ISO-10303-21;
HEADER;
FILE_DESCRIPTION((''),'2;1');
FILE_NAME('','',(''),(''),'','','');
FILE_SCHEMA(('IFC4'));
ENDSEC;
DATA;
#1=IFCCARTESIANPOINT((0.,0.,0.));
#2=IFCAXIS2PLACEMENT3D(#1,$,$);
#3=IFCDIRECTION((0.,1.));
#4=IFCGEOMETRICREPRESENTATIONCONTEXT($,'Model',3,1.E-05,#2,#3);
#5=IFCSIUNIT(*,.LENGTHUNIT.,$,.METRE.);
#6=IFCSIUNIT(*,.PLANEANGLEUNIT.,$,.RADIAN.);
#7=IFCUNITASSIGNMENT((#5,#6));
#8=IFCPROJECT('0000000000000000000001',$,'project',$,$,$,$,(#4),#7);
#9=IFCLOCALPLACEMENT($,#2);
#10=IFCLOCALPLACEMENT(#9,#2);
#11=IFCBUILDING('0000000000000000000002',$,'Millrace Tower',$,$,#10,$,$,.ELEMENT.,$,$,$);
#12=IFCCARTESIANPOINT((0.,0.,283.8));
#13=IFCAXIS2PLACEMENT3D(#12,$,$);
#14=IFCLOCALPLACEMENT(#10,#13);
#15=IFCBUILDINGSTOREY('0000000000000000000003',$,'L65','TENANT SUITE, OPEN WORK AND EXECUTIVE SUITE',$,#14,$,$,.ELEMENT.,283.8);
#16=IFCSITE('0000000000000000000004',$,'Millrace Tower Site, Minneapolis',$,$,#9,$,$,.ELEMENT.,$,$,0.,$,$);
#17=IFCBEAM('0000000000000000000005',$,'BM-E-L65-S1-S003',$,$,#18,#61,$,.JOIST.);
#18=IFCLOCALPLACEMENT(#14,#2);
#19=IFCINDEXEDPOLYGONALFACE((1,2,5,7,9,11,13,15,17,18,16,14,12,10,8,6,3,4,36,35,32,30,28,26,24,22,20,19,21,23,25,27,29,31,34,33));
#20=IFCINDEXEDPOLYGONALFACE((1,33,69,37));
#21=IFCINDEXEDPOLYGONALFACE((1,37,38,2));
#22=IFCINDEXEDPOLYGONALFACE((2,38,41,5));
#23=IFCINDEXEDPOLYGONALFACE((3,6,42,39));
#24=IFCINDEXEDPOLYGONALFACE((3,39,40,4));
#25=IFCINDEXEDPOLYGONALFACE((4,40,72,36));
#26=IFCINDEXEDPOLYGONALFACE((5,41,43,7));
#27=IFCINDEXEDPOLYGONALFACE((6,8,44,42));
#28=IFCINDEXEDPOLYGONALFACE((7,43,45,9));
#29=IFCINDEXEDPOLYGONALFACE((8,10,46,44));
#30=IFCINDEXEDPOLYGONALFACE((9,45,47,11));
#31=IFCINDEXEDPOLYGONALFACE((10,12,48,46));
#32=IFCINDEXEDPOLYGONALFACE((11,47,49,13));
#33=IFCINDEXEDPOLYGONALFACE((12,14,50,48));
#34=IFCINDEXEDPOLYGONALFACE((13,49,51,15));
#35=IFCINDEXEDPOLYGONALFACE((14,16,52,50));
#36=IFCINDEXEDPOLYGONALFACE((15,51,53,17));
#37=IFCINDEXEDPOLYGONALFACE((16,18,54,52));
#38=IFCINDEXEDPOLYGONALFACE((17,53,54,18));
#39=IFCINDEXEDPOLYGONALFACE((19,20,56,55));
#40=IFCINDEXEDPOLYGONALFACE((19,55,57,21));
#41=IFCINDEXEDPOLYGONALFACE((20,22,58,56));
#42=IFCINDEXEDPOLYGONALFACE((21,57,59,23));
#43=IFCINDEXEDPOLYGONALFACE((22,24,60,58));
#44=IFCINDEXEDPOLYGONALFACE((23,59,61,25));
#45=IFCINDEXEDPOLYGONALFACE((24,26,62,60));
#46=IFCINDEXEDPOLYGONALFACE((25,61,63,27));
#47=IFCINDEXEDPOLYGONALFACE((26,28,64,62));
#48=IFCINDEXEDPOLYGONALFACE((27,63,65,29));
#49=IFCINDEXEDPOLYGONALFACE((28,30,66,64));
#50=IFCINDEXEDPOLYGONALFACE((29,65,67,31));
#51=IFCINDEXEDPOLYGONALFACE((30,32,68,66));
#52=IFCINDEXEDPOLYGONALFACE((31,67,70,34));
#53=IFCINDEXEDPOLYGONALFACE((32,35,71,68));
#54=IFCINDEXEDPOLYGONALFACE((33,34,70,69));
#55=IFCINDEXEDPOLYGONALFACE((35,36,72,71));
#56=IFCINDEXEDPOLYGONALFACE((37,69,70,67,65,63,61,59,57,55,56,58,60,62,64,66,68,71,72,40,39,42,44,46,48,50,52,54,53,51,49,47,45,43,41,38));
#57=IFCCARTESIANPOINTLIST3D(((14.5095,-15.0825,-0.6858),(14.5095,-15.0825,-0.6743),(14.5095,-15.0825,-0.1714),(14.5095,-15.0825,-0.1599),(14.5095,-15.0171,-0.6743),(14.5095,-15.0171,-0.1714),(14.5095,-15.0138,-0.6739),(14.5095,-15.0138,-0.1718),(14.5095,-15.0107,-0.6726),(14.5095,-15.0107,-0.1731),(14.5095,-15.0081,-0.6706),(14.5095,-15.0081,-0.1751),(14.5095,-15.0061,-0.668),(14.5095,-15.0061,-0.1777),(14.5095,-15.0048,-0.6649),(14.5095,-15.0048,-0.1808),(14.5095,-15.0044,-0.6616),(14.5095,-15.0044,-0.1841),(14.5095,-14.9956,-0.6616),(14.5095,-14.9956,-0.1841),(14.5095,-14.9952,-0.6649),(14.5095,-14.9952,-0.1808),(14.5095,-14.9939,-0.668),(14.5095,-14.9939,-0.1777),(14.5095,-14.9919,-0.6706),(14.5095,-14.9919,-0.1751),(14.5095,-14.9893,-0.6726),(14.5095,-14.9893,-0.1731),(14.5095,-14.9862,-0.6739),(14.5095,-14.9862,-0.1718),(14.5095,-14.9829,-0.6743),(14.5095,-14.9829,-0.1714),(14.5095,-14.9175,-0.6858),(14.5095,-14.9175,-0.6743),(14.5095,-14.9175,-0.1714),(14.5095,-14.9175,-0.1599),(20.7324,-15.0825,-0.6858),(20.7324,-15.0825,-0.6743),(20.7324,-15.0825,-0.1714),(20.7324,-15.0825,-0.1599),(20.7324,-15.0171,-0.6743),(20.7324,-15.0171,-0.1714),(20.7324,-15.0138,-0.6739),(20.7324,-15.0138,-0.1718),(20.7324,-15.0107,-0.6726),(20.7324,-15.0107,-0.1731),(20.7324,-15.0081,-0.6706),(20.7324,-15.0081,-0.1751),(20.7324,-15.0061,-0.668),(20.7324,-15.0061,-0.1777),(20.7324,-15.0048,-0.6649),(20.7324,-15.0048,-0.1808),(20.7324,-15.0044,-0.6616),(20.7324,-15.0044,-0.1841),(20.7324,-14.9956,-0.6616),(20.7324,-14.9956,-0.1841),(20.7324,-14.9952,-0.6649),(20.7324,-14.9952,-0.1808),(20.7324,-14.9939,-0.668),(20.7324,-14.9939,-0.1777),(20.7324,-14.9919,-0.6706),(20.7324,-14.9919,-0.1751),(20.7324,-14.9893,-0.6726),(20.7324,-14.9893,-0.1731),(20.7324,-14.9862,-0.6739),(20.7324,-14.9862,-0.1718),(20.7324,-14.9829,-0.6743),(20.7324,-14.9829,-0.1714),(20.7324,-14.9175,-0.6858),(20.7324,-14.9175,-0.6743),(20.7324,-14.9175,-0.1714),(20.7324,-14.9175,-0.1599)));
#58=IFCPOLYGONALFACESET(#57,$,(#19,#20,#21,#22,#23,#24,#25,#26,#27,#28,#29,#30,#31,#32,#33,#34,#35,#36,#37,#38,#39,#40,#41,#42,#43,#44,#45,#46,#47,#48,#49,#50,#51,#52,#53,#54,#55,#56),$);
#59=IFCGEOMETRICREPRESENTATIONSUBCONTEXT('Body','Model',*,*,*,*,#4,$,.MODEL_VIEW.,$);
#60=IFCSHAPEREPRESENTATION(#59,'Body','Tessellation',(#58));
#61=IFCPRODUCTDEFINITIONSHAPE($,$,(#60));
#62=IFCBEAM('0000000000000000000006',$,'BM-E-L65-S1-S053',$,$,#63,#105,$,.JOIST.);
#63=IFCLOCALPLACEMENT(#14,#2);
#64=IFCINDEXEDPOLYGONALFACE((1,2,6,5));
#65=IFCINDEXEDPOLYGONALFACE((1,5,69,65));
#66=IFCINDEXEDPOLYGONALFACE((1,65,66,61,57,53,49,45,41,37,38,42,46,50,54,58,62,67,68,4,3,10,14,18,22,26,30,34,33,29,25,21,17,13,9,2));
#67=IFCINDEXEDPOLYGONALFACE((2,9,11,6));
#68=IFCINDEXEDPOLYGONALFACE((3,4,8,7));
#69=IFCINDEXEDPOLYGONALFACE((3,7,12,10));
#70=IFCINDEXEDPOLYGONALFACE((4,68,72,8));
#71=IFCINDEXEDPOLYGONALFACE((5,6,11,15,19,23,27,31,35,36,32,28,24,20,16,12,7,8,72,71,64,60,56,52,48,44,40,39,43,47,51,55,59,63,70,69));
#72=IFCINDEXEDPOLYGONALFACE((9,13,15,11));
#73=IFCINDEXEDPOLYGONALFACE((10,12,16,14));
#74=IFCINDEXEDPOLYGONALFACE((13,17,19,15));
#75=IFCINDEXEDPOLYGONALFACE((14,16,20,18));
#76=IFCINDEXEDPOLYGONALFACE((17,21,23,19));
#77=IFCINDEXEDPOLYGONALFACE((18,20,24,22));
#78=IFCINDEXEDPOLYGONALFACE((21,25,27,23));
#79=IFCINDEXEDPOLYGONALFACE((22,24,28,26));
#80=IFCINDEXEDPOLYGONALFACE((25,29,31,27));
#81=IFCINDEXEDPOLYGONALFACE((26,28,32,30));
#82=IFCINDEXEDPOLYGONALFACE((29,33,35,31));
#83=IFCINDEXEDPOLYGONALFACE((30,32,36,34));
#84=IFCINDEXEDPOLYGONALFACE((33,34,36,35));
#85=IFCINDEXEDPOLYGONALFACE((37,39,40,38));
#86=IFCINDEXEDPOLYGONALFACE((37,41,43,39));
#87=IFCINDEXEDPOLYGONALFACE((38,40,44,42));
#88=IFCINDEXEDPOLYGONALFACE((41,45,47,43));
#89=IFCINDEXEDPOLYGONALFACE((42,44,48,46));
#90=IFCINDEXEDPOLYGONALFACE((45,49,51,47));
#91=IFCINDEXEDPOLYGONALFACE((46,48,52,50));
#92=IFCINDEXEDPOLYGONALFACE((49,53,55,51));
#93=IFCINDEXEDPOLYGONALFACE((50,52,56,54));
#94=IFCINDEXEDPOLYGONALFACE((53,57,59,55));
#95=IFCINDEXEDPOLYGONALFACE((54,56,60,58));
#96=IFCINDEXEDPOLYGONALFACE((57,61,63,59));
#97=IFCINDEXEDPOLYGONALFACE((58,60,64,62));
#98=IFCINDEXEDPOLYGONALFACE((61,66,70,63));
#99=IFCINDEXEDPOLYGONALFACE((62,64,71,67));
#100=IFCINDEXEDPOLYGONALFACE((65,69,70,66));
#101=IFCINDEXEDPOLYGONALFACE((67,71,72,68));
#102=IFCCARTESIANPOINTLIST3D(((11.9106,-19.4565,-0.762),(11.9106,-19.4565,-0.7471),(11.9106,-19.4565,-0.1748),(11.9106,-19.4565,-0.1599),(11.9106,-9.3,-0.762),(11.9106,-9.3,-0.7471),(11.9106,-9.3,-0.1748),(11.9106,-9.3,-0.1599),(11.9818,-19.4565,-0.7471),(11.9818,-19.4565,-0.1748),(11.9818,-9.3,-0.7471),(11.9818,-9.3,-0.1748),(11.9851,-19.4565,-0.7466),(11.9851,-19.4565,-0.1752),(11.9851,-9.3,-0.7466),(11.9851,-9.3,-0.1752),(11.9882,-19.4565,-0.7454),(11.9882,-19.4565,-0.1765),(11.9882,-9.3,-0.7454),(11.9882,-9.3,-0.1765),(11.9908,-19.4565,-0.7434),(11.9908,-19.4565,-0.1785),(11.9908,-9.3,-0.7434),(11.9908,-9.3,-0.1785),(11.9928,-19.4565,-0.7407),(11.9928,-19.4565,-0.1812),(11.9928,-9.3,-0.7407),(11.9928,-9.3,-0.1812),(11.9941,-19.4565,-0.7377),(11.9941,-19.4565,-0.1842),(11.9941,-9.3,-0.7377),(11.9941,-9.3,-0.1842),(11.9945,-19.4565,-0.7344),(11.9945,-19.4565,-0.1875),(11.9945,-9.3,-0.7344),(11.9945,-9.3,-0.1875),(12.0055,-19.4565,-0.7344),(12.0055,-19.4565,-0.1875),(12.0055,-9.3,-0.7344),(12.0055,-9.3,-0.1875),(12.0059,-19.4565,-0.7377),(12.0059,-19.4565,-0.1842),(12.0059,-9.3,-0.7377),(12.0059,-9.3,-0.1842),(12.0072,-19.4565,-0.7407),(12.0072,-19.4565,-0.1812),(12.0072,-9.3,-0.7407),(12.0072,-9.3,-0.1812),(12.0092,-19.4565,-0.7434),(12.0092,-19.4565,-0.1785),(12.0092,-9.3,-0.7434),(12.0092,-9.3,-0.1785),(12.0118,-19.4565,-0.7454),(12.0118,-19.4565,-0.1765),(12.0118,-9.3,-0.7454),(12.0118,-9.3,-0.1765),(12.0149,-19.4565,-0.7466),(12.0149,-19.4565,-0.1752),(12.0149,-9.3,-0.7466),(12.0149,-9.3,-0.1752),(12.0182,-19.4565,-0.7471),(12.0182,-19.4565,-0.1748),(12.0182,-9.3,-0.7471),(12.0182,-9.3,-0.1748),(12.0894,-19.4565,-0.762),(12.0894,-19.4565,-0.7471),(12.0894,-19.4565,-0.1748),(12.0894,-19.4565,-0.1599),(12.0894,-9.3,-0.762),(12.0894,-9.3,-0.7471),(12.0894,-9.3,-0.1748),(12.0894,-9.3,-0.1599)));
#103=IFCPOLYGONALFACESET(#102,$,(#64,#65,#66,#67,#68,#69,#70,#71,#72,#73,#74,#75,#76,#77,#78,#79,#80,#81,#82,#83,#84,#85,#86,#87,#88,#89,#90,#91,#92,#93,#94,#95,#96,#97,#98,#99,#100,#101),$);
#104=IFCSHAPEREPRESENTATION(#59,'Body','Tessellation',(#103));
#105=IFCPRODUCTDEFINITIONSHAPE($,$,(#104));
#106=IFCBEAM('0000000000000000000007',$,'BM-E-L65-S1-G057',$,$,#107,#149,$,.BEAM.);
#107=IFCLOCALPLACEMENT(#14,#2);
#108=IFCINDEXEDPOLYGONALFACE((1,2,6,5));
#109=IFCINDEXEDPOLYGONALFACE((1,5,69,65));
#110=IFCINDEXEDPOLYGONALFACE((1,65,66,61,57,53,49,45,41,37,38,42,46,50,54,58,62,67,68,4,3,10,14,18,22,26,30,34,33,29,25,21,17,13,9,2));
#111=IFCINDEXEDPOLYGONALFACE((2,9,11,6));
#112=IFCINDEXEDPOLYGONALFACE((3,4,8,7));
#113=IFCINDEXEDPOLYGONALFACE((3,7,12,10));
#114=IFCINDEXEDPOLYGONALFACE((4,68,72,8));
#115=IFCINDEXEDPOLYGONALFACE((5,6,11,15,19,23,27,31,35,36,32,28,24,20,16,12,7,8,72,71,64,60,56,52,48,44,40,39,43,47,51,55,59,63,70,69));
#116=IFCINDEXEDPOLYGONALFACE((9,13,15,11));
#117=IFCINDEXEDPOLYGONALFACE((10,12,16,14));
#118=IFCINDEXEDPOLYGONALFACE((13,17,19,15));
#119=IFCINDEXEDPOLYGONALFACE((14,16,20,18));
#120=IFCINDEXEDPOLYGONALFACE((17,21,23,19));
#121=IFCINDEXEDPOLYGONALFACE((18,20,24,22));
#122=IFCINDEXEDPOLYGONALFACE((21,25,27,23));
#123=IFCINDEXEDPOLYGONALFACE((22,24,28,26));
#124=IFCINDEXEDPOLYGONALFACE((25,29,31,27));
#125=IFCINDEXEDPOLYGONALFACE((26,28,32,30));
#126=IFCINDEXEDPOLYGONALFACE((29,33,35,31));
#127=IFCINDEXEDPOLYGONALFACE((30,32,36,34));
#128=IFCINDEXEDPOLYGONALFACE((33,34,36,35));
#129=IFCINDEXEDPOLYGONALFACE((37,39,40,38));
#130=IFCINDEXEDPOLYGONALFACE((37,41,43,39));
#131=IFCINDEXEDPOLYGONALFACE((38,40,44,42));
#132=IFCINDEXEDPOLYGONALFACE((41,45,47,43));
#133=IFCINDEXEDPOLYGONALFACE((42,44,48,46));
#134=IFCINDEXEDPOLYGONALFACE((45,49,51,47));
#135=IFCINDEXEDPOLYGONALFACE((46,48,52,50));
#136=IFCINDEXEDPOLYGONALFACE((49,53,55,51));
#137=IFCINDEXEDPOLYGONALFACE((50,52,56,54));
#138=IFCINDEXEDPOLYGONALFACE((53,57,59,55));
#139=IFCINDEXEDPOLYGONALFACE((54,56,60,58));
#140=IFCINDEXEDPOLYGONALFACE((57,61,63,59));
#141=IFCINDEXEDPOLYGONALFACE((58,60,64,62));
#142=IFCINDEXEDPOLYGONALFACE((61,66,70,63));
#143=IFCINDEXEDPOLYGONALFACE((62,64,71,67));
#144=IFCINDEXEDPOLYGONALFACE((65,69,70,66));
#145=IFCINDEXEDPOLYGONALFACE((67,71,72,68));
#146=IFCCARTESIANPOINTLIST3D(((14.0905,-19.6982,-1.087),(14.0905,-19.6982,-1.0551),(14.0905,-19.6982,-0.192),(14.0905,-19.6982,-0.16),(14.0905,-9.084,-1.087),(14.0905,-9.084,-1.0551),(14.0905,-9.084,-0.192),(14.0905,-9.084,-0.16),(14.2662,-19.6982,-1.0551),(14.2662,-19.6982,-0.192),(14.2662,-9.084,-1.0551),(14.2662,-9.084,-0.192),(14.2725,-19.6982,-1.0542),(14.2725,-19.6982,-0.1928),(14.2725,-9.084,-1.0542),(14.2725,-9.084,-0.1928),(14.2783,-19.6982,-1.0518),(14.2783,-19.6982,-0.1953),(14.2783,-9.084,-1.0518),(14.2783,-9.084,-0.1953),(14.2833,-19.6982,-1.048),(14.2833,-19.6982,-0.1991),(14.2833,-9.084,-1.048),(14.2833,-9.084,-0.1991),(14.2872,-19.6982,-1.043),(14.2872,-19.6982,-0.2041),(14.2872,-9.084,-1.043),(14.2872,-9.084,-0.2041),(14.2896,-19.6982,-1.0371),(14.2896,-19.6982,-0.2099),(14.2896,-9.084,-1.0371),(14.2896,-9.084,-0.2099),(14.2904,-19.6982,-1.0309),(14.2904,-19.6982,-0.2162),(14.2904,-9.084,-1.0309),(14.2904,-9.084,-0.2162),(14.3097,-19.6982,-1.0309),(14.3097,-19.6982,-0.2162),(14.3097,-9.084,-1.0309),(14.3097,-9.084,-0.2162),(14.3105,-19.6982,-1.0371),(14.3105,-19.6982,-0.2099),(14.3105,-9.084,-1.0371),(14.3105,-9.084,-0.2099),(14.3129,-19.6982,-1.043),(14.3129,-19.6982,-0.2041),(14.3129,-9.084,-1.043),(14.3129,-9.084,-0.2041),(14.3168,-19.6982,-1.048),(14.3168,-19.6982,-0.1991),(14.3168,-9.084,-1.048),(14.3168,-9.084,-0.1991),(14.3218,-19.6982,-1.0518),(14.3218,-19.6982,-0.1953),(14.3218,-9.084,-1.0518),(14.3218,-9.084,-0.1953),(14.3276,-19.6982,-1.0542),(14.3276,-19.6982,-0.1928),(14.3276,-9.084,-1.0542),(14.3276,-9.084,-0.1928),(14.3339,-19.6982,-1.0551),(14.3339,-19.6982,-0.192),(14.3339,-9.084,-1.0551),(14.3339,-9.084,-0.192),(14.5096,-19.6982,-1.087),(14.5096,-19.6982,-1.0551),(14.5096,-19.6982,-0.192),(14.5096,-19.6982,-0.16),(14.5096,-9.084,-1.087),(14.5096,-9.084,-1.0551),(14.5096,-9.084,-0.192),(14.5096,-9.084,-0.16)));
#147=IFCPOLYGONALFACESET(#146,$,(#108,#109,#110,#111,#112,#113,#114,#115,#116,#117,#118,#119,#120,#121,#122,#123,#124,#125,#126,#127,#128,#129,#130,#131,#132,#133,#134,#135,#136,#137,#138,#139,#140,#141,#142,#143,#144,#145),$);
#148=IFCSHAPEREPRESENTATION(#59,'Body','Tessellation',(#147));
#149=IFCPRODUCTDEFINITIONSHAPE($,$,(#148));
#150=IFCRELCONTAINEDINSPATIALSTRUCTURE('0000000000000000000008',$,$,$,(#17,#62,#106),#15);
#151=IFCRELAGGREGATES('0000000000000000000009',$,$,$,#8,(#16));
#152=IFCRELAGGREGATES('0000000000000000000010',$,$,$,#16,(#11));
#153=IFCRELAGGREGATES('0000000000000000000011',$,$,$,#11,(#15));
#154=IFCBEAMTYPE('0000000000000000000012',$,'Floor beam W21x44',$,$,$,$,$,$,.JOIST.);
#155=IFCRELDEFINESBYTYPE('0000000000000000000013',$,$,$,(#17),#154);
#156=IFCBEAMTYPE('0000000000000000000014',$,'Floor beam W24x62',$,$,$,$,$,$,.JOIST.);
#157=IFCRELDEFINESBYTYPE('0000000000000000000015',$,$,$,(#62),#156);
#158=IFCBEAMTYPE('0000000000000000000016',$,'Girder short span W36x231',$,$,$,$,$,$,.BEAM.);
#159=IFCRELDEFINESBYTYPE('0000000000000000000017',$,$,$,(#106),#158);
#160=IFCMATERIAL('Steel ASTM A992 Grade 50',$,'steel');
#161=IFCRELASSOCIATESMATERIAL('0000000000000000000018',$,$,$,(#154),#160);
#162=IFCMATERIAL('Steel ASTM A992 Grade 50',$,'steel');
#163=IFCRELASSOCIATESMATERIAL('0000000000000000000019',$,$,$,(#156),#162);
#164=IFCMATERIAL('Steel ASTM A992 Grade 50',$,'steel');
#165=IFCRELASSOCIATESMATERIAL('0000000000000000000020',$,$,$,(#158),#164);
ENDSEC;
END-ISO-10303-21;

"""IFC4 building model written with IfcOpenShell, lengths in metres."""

from ifc_helpers import new_model, si_unit, direction, frame, origin, origin_2d, place, context, subcontext, project, spatial, i_section, extrude, material, material_profile, profile_set, type_object, element, save


model = new_model("IFC4")

# Units and contexts
model_context = context("Model", 3, precision=1e-05, world=origin(), true_north=direction((0.0, 1.0)))
body_context = subcontext(model_context, "Body", "Model", "MODEL_VIEW")
ifc_project = project(units=[si_unit("LENGTHUNIT", "METRE"), si_unit("PLANEANGLEUNIT", "RADIAN")], contexts=[model_context])

# Site, building, storey
site_placement = place(None, origin())
site = spatial("IfcSite", under=ifc_project, at=site_placement, Name="Millrace Tower Site, Minneapolis", CompositionType="ELEMENT", RefElevation=0.0)
building_placement = place(site_placement, origin())
building = spatial("IfcBuilding", under=site, at=building_placement, Name="Millrace Tower", CompositionType="ELEMENT")
storey_placement = place(building_placement, frame((0.0, 0.0, 283.8)))
storey = spatial("IfcBuildingStorey", under=building, at=storey_placement, Name="L65", Description="TENANT SUITE, OPEN WORK AND EXECUTIVE SUITE", CompositionType="ELEMENT", Elevation=283.8)

# Beams
ifc_material_1 = material(Name="Steel ASTM A992 Grade 50", Category="steel")
ifc_material_profile_1 = material_profile(ifc_material_1, i_section(OverallWidth=0.165, OverallDepth=0.5259, WebThickness=0.0088, FlangeThickness=0.0115, FilletRadius=0.0127, at=origin_2d()))
ifc_profile_set_1 = profile_set([ifc_material_profile_1], Name="Steel ASTM A992 Grade 50")
beam_type_1 = type_object("IfcBeamType", Name="Floor beam W21x44", PredefinedType="JOIST", material=ifc_profile_set_1)
beam_1_placement = place(storey_placement, frame((14.5095, -15.0, -0.4229), z_axis=(1.0, 0.0, 0.0), x_axis=(0.0, 1.0, 0.0)))
element("IfcBeam", 1, at=beam_1_placement, inside=storey, type_object=beam_type_1, Name="BM-E-L65-S1-S003", PredefinedType="JOIST", context=body_context, shape_type="SweptSolid", body=[
    extrude(i_section(OverallWidth=0.165, OverallDepth=0.5259, WebThickness=0.0088, FlangeThickness=0.0115, FilletRadius=0.0127, at=origin_2d()), origin(), (0.0, 0.0, 1.0), 6.2229),
])
ifc_material_2 = material(Name="Steel ASTM A992 Grade 50", Category="steel")
ifc_material_profile_2 = material_profile(ifc_material_2, i_section(OverallWidth=0.1787, OverallDepth=0.6021, WebThickness=0.011, FlangeThickness=0.0149, FilletRadius=0.0127, at=origin_2d()))
ifc_profile_set_2 = profile_set([ifc_material_profile_2], Name="Steel ASTM A992 Grade 50")
beam_type_2 = type_object("IfcBeamType", Name="Floor beam W24x62", PredefinedType="JOIST", material=ifc_profile_set_2)
beam_2_placement = place(storey_placement, frame((12.0, -19.4565, -0.4609), z_axis=(0.0, 1.0, 0.0), x_axis=(-1.0, 0.0, 0.0)))
element("IfcBeam", 2, at=beam_2_placement, inside=storey, type_object=beam_type_2, Name="BM-E-L65-S1-S053", PredefinedType="JOIST", context=body_context, shape_type="SweptSolid", body=[
    extrude(i_section(OverallWidth=0.1787, OverallDepth=0.6021, WebThickness=0.011, FlangeThickness=0.0149, FilletRadius=0.0127, at=origin_2d()), origin(), (0.0, 0.0, 1.0), 10.1565),
])
ifc_material_3 = material(Name="Steel ASTM A992 Grade 50", Category="steel")
ifc_material_profile_3 = material_profile(ifc_material_3, i_section(OverallWidth=0.4192, OverallDepth=0.927, WebThickness=0.0193, FlangeThickness=0.032, FilletRadius=0.0242, at=origin_2d()))
ifc_profile_set_3 = profile_set([ifc_material_profile_3], Name="Steel ASTM A992 Grade 50")
beam_type_3 = type_object("IfcBeamType", Name="Girder short span W36x231", PredefinedType="BEAM", material=ifc_profile_set_3)
beam_3_placement = place(storey_placement, frame((14.3, -19.6982, -0.6235), z_axis=(0.0, 1.0, 0.0), x_axis=(-1.0, 0.0, 0.0)))
element("IfcBeam", 3, at=beam_3_placement, inside=storey, type_object=beam_type_3, Name="BM-E-L65-S1-G057", PredefinedType="BEAM", context=body_context, shape_type="SweptSolid", body=[
    extrude(i_section(OverallWidth=0.4192, OverallDepth=0.927, WebThickness=0.0193, FlangeThickness=0.032, FilletRadius=0.0242, at=origin_2d()), origin(), (0.0, 0.0, 1.0), 10.6143),
])

save(model, "model.ifc")
